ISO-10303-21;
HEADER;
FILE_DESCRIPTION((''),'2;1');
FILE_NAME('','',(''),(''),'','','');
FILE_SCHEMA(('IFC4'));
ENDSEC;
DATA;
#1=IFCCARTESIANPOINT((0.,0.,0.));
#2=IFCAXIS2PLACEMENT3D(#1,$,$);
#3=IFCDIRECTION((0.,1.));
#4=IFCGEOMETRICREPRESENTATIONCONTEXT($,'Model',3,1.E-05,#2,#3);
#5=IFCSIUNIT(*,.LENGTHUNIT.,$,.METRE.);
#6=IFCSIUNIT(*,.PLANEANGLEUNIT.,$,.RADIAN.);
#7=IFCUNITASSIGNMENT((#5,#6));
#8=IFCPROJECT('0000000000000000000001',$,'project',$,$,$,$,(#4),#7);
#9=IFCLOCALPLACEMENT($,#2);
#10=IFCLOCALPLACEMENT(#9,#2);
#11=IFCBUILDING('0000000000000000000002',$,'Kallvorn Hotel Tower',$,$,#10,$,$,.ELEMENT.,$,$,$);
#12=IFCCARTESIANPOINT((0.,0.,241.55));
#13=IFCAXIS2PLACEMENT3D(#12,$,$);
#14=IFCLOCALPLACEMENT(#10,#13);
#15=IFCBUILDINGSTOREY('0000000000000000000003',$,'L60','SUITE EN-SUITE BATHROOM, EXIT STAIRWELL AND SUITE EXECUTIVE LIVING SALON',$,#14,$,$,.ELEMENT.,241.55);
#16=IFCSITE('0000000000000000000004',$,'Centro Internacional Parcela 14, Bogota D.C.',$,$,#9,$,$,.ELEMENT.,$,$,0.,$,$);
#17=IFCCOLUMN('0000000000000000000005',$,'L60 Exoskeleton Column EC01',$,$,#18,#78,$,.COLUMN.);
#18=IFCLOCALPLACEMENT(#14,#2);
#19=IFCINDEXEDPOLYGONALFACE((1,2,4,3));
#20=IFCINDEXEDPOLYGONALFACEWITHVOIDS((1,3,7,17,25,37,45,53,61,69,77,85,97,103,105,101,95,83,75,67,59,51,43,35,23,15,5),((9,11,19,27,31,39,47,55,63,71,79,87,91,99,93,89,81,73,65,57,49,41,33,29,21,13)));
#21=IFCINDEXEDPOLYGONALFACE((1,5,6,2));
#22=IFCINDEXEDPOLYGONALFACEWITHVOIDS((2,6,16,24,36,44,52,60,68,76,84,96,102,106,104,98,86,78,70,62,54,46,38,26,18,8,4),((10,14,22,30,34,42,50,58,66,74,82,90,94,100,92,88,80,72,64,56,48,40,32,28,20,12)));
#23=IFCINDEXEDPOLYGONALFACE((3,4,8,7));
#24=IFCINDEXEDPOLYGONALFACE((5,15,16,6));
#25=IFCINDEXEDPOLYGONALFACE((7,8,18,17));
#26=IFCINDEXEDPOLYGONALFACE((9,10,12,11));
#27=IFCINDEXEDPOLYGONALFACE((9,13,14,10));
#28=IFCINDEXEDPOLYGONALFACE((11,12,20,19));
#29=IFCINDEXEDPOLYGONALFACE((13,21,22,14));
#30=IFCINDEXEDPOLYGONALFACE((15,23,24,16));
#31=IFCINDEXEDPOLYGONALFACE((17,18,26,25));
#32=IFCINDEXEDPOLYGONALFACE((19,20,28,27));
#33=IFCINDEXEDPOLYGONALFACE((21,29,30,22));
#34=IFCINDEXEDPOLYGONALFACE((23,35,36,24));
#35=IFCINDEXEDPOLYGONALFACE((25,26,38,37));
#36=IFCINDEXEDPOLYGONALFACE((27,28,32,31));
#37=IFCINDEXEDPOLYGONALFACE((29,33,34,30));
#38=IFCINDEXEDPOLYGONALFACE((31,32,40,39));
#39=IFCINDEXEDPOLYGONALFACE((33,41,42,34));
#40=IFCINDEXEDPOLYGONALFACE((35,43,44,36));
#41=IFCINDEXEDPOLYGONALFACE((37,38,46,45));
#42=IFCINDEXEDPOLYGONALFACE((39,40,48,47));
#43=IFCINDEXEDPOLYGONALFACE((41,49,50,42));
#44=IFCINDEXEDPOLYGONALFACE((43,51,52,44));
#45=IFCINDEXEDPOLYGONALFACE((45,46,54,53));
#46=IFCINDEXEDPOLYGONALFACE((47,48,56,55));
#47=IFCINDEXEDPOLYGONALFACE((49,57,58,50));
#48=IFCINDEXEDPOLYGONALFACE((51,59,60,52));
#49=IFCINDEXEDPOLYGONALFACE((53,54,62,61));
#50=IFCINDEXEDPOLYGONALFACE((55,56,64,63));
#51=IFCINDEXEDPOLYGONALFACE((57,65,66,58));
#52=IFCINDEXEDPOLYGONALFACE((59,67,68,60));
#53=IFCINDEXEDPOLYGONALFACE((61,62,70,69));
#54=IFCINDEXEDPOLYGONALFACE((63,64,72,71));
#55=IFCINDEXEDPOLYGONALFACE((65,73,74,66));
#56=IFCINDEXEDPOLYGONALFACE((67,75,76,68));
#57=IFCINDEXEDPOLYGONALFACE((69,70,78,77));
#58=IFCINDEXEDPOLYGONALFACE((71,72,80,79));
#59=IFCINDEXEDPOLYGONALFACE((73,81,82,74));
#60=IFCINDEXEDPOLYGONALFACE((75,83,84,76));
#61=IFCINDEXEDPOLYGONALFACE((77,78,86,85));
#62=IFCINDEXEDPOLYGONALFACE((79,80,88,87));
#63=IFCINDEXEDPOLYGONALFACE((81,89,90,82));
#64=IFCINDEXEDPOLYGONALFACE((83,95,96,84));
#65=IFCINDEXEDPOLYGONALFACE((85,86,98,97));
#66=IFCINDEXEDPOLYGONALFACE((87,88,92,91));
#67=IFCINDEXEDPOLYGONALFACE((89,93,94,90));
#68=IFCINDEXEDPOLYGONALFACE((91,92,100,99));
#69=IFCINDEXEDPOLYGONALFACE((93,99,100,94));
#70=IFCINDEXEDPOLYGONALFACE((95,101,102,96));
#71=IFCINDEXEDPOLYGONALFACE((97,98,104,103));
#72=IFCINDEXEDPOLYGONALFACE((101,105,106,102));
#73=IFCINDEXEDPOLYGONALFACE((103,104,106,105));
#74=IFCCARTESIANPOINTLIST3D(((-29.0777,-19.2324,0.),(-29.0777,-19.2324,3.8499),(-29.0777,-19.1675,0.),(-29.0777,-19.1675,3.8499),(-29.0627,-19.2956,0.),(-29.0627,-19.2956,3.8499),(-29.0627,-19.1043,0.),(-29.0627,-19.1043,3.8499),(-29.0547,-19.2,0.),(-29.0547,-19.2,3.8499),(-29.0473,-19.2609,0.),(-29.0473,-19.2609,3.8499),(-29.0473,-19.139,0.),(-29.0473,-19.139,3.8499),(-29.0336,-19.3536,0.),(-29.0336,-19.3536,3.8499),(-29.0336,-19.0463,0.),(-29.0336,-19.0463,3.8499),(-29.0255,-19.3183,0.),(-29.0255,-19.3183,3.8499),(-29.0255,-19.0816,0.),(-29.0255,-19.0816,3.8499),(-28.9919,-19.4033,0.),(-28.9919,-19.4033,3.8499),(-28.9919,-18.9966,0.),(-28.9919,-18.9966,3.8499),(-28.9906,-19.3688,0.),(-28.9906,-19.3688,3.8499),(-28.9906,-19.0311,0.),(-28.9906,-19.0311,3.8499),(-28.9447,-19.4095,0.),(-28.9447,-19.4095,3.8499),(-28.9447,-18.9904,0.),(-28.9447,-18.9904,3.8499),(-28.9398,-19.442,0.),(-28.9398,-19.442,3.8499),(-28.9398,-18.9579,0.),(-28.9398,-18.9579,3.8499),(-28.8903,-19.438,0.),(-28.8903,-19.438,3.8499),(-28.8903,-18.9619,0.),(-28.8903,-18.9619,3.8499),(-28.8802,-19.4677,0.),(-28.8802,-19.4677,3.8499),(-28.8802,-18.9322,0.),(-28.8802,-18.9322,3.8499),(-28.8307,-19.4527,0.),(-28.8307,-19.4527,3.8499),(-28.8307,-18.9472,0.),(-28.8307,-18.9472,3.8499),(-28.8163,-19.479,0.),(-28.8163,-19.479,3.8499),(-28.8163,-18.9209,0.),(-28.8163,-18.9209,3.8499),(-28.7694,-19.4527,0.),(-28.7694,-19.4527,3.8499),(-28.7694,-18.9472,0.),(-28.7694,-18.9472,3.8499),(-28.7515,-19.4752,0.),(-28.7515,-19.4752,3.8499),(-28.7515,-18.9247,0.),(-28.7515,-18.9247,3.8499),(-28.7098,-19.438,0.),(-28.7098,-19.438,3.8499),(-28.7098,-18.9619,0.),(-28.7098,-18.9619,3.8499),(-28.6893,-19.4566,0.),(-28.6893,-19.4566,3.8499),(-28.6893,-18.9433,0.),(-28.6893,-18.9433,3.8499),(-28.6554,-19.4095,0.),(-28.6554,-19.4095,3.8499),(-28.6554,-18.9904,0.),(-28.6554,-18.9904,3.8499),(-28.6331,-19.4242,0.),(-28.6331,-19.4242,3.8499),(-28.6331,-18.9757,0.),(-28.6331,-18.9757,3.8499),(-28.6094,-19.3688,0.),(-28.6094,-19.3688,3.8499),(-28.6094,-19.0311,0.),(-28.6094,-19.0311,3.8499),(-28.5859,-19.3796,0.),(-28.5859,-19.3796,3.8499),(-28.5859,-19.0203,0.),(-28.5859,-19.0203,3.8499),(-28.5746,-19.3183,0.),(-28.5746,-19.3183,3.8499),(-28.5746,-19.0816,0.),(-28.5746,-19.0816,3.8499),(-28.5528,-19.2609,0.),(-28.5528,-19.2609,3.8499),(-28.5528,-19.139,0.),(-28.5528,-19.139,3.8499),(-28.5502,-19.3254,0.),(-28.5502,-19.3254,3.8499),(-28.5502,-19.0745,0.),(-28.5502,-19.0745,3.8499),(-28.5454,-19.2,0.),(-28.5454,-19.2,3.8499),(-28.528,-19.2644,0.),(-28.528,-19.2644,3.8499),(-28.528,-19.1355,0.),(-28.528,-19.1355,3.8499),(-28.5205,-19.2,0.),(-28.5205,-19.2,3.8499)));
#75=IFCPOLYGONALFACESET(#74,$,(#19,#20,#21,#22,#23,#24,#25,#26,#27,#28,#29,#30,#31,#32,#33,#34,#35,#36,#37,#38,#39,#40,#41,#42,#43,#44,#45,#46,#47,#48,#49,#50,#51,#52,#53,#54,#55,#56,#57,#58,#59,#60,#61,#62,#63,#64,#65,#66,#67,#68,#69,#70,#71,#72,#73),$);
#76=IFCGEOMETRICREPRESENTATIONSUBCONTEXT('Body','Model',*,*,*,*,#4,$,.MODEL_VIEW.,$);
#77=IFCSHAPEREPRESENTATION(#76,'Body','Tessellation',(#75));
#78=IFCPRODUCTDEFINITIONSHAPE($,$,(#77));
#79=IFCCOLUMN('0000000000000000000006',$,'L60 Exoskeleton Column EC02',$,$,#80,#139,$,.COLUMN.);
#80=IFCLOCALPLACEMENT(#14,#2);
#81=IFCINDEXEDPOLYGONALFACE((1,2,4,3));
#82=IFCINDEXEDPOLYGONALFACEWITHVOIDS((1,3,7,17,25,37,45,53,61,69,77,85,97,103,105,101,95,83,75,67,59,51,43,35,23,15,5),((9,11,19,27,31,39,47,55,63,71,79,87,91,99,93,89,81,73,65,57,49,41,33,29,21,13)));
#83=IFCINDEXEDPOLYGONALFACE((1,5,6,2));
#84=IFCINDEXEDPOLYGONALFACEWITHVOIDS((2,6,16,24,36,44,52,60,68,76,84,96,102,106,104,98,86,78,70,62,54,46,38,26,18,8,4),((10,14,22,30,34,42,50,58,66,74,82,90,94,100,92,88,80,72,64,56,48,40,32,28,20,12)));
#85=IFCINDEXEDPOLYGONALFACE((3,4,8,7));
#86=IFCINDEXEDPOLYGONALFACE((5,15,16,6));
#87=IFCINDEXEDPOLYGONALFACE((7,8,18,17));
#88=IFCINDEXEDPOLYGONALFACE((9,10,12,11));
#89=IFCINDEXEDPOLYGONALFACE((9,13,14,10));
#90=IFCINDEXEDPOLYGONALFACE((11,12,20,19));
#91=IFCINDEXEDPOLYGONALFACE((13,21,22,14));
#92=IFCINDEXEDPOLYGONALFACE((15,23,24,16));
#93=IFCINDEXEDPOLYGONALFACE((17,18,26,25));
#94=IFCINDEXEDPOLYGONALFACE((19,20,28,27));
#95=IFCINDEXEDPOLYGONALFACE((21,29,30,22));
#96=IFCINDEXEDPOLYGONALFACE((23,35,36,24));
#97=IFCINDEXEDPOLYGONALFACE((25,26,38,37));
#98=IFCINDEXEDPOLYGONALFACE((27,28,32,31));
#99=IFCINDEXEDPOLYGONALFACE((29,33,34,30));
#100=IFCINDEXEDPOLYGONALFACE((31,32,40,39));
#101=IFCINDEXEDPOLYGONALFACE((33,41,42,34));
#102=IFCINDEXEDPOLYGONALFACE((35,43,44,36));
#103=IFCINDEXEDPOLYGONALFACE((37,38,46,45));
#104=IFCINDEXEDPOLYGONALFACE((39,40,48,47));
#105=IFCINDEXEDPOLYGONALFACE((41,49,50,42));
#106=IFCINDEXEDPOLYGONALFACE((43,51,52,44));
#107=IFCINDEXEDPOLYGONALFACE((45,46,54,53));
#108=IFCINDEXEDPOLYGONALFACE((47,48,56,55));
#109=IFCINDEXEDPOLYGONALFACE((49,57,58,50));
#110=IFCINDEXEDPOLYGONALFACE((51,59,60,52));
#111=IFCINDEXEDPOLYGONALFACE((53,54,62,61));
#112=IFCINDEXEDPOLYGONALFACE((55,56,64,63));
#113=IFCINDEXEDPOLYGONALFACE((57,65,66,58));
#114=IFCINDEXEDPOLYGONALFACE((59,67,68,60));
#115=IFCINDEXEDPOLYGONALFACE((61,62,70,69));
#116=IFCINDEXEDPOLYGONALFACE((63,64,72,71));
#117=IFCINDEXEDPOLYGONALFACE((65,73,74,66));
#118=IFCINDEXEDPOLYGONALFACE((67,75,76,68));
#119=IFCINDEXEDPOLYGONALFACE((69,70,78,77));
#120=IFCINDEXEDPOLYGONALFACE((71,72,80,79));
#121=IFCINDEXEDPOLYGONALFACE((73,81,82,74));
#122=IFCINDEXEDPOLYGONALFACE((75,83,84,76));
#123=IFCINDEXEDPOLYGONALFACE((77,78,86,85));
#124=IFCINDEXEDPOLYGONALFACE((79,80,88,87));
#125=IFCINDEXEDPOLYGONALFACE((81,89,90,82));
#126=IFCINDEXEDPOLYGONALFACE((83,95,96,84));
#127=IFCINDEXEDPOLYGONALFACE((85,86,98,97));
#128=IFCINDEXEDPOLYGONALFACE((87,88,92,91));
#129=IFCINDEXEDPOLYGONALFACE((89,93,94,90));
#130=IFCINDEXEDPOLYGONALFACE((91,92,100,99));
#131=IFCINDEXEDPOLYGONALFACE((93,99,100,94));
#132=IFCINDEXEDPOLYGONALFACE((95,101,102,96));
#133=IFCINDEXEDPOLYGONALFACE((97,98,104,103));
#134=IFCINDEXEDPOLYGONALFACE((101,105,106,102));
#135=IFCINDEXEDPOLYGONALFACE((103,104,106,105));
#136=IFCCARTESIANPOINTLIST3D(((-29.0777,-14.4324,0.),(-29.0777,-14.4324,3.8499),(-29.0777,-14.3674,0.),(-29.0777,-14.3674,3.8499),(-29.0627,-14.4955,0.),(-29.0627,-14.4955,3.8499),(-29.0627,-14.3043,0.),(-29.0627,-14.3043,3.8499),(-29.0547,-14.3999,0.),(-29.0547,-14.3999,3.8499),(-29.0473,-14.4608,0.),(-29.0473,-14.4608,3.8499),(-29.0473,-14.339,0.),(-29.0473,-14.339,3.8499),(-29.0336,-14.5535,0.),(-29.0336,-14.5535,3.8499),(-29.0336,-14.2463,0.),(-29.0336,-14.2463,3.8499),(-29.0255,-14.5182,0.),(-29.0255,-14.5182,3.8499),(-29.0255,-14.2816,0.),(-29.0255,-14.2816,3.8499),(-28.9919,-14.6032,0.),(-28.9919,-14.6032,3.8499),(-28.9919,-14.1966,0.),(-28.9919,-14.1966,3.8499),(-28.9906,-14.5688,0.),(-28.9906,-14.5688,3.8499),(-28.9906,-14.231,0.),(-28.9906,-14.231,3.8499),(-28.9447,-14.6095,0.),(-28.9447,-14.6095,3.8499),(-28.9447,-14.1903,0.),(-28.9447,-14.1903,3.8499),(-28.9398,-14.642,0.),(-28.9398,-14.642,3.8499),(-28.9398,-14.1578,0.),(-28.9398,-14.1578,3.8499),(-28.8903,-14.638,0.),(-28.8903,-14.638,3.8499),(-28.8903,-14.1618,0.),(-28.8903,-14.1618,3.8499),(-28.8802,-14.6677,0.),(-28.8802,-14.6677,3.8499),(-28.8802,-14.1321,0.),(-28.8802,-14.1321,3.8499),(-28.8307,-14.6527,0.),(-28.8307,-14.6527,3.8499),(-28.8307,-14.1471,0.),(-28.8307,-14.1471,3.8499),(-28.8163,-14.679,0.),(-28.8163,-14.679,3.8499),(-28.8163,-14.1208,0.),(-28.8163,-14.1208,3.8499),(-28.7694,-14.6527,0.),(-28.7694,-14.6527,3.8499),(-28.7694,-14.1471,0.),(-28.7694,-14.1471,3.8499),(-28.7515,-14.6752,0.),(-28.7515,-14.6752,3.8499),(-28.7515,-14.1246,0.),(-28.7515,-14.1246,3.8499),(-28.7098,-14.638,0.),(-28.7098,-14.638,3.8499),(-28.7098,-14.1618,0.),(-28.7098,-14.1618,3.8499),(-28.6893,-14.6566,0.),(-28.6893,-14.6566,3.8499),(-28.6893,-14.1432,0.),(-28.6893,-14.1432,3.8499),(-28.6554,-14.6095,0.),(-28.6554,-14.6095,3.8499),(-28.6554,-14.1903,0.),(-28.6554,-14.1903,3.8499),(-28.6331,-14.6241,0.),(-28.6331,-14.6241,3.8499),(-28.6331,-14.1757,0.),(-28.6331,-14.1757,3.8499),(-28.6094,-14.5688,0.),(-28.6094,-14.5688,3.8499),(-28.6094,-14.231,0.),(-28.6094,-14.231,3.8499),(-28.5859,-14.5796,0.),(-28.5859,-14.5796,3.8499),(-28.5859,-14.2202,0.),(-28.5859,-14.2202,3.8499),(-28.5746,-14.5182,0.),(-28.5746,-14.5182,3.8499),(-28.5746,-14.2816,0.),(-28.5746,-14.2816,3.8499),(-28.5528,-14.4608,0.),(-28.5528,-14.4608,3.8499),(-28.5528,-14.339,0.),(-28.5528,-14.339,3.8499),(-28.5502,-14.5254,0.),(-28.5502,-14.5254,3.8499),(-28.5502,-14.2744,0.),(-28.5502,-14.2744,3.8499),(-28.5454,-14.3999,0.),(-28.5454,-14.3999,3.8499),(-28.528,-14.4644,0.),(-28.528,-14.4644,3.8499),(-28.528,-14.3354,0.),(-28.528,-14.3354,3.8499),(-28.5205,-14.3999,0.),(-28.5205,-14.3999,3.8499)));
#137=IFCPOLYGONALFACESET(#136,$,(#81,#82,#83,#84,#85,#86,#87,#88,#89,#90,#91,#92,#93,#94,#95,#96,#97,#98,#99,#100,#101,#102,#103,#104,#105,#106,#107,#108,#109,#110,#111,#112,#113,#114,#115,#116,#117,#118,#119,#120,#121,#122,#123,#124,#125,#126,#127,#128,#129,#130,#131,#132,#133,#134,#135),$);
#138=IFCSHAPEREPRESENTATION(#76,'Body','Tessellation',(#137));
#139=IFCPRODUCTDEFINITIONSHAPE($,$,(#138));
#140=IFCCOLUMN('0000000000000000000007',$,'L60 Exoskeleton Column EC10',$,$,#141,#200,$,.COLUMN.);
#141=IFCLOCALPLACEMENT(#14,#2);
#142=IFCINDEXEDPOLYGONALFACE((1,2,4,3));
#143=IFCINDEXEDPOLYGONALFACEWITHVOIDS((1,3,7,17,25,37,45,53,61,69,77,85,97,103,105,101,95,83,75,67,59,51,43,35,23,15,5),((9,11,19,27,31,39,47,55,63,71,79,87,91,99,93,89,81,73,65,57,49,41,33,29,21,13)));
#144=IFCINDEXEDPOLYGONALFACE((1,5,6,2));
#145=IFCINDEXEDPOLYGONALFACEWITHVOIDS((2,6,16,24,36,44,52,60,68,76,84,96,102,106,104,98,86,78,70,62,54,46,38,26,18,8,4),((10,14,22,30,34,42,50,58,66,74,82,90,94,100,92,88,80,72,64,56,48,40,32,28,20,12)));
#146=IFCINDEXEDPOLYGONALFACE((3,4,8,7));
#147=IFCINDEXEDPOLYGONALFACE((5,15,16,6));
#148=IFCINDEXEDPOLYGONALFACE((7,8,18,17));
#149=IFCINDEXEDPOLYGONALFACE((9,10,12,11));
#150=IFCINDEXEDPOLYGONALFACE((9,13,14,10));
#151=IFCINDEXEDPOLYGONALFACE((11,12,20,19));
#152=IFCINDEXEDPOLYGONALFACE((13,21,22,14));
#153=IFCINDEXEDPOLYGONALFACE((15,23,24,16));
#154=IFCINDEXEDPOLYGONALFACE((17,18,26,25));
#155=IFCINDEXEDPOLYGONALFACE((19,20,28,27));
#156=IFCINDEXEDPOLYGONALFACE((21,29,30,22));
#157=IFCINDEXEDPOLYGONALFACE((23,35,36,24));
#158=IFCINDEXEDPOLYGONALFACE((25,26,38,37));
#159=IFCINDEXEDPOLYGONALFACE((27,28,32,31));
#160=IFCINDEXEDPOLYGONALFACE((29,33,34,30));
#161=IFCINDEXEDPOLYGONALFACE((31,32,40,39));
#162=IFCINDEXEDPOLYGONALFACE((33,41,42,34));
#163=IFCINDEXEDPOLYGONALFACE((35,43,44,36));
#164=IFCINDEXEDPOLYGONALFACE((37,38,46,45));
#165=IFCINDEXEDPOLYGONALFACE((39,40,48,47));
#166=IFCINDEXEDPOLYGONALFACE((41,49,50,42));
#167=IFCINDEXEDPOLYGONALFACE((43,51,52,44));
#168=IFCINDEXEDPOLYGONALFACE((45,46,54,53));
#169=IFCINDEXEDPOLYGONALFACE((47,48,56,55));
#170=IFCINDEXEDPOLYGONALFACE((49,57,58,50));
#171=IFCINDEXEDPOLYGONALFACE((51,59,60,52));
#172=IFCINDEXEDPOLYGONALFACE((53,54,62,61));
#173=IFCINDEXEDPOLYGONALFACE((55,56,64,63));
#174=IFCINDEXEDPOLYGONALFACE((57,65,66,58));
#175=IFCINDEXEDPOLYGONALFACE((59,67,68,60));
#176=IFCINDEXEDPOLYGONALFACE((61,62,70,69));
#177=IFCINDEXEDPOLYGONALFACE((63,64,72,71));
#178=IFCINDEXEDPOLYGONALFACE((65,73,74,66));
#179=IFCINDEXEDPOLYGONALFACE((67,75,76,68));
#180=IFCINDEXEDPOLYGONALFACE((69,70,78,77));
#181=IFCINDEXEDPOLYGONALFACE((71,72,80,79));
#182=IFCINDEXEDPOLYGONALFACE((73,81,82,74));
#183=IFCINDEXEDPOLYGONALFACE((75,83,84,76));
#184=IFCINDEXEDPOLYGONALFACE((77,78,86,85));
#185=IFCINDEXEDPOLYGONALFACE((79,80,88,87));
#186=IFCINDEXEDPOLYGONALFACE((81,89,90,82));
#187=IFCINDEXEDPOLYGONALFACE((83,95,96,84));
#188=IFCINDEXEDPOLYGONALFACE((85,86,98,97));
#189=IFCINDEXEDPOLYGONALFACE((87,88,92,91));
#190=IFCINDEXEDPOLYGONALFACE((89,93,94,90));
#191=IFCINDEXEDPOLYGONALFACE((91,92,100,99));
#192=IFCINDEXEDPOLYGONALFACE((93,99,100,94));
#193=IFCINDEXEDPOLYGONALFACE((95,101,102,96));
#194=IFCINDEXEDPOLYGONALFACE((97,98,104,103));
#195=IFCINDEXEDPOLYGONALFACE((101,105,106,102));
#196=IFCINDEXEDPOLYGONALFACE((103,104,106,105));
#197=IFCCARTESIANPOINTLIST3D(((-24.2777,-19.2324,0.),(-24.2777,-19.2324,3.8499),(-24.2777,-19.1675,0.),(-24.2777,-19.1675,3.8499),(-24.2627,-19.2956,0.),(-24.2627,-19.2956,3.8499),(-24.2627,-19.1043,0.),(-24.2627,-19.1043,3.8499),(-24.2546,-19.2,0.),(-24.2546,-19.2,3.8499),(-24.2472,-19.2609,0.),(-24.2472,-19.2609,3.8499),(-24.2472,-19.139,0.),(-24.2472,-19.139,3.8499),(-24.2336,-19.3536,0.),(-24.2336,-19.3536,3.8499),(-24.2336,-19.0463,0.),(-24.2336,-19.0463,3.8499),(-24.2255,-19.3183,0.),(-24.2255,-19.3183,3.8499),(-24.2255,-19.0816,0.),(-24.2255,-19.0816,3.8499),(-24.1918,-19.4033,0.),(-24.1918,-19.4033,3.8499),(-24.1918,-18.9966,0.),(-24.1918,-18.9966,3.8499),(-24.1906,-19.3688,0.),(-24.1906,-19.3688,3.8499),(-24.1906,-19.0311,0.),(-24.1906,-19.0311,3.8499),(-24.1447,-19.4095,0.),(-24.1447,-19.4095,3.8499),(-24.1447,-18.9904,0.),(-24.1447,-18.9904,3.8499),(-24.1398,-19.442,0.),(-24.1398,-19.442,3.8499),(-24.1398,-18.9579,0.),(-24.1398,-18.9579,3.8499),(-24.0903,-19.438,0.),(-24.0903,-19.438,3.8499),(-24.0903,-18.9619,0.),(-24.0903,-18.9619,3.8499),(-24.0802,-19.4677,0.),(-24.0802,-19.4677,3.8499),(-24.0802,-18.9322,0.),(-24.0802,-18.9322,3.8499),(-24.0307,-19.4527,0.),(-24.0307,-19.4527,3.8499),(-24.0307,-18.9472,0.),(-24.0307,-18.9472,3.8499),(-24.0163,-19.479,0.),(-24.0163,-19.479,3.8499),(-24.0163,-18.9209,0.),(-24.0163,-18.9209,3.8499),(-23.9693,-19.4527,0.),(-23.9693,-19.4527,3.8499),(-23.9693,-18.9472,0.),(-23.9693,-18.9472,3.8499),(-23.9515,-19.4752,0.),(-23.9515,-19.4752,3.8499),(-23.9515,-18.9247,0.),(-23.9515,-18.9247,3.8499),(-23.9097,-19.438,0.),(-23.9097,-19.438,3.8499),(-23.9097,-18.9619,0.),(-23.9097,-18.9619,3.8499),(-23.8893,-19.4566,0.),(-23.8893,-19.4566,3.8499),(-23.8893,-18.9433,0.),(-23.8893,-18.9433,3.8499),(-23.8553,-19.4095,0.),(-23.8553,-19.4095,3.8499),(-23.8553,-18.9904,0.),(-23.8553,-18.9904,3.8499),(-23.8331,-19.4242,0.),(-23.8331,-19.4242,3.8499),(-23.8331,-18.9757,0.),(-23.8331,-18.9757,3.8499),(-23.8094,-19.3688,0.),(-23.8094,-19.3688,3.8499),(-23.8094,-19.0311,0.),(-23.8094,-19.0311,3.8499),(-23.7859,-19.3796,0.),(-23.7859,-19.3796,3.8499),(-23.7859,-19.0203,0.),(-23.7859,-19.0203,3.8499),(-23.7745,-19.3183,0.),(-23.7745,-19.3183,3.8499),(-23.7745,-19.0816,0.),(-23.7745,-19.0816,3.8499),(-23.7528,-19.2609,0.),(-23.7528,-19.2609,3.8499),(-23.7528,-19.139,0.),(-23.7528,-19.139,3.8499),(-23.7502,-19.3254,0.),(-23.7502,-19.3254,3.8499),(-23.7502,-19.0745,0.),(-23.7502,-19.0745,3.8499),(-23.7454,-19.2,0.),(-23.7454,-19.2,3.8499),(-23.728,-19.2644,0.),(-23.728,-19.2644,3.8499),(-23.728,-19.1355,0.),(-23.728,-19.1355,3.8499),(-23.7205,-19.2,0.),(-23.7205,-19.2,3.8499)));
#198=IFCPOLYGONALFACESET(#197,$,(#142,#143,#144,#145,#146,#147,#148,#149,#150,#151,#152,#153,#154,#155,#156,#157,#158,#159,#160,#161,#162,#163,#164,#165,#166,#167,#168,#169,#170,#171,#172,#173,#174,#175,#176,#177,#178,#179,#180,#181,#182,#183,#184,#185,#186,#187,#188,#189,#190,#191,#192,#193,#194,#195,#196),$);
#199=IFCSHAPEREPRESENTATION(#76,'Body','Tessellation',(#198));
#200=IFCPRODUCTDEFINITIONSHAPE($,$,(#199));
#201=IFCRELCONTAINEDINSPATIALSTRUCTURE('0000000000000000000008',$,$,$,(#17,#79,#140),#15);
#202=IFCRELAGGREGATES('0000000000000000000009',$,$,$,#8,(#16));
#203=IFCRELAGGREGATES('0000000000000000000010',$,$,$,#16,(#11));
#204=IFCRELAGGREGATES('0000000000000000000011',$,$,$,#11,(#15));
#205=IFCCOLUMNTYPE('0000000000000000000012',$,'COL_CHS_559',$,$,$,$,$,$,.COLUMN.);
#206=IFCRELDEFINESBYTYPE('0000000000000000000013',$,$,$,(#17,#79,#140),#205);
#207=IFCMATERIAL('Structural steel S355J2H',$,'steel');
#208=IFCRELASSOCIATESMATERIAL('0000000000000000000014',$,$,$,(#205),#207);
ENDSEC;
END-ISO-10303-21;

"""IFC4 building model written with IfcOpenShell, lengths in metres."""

from ifc_helpers import new_model, si_unit, direction, frame, origin, origin_2d, place, context, subcontext, project, spatial, hollow_circle, extrude, material, material_profile, profile_set, type_object, element, save


model = new_model("IFC4")

# Units and contexts
model_context = context("Model", 3, precision=1e-05, world=origin(), true_north=direction((0.0, 1.0)))
body_context = subcontext(model_context, "Body", "Model", "MODEL_VIEW")
ifc_project = project(units=[si_unit("LENGTHUNIT", "METRE"), si_unit("PLANEANGLEUNIT", "RADIAN")], contexts=[model_context])

# Site, building, storey
site_placement = place(None, origin())
site = spatial("IfcSite", under=ifc_project, at=site_placement, Name="Centro Internacional Parcela 14, Bogota D.C.", CompositionType="ELEMENT", RefElevation=0.0)
building_placement = place(site_placement, origin())
building = spatial("IfcBuilding", under=site, at=building_placement, Name="Kallvorn Hotel Tower", CompositionType="ELEMENT")
storey_placement = place(building_placement, frame((0.0, 0.0, 241.55)))
storey = spatial("IfcBuildingStorey", under=building, at=storey_placement, Name="L60", Description="SUITE EN-SUITE BATHROOM, EXIT STAIRWELL AND SUITE EXECUTIVE LIVING SALON", CompositionType="ELEMENT", Elevation=241.55)

# Columns
ifc_material_1 = material(Name="Structural steel S355J2H", Category="steel")
ifc_material_profile_1 = material_profile(ifc_material_1, hollow_circle(Radius=0.2795, WallThickness=0.0249, at=origin_2d()), Name="CHS 559x25")
ifc_profile_set_1 = profile_set([ifc_material_profile_1], Name="Structural steel S355J2H")
column_type_1 = type_object("IfcColumnType", Name="COL_CHS_559", PredefinedType="COLUMN", material=ifc_profile_set_1)
for number, where, z_axis, x_axis, name in (
    (1, (-28.8, -19.2, 0.0), (0.0, 0.0, 1.0), (1.0, 0.0, 0.0), "L60 Exoskeleton Column EC01"),
    (2, (-28.8, -14.3999, 0.0), (0.0, 0.0, 1.0), (1.0, 0.0, 0.0), "L60 Exoskeleton Column EC02"),
    (3, (-24.0, -19.2, 0.0), (0.0, 0.0, 1.0), (1.0, 0.0, 0.0), "L60 Exoskeleton Column EC10"),
):
    element("IfcColumn", number, at=place(storey_placement, frame(where, z_axis=z_axis, x_axis=x_axis)), inside=storey, type_object=column_type_1, Name=name, PredefinedType="COLUMN", context=body_context, shape_type="SweptSolid", body=[
        extrude(hollow_circle(Radius=0.2795, WallThickness=0.0249, at=origin_2d()), origin(), (0.0, 0.0, 1.0), 3.8499),
    ])

save(model, "model.ifc")
